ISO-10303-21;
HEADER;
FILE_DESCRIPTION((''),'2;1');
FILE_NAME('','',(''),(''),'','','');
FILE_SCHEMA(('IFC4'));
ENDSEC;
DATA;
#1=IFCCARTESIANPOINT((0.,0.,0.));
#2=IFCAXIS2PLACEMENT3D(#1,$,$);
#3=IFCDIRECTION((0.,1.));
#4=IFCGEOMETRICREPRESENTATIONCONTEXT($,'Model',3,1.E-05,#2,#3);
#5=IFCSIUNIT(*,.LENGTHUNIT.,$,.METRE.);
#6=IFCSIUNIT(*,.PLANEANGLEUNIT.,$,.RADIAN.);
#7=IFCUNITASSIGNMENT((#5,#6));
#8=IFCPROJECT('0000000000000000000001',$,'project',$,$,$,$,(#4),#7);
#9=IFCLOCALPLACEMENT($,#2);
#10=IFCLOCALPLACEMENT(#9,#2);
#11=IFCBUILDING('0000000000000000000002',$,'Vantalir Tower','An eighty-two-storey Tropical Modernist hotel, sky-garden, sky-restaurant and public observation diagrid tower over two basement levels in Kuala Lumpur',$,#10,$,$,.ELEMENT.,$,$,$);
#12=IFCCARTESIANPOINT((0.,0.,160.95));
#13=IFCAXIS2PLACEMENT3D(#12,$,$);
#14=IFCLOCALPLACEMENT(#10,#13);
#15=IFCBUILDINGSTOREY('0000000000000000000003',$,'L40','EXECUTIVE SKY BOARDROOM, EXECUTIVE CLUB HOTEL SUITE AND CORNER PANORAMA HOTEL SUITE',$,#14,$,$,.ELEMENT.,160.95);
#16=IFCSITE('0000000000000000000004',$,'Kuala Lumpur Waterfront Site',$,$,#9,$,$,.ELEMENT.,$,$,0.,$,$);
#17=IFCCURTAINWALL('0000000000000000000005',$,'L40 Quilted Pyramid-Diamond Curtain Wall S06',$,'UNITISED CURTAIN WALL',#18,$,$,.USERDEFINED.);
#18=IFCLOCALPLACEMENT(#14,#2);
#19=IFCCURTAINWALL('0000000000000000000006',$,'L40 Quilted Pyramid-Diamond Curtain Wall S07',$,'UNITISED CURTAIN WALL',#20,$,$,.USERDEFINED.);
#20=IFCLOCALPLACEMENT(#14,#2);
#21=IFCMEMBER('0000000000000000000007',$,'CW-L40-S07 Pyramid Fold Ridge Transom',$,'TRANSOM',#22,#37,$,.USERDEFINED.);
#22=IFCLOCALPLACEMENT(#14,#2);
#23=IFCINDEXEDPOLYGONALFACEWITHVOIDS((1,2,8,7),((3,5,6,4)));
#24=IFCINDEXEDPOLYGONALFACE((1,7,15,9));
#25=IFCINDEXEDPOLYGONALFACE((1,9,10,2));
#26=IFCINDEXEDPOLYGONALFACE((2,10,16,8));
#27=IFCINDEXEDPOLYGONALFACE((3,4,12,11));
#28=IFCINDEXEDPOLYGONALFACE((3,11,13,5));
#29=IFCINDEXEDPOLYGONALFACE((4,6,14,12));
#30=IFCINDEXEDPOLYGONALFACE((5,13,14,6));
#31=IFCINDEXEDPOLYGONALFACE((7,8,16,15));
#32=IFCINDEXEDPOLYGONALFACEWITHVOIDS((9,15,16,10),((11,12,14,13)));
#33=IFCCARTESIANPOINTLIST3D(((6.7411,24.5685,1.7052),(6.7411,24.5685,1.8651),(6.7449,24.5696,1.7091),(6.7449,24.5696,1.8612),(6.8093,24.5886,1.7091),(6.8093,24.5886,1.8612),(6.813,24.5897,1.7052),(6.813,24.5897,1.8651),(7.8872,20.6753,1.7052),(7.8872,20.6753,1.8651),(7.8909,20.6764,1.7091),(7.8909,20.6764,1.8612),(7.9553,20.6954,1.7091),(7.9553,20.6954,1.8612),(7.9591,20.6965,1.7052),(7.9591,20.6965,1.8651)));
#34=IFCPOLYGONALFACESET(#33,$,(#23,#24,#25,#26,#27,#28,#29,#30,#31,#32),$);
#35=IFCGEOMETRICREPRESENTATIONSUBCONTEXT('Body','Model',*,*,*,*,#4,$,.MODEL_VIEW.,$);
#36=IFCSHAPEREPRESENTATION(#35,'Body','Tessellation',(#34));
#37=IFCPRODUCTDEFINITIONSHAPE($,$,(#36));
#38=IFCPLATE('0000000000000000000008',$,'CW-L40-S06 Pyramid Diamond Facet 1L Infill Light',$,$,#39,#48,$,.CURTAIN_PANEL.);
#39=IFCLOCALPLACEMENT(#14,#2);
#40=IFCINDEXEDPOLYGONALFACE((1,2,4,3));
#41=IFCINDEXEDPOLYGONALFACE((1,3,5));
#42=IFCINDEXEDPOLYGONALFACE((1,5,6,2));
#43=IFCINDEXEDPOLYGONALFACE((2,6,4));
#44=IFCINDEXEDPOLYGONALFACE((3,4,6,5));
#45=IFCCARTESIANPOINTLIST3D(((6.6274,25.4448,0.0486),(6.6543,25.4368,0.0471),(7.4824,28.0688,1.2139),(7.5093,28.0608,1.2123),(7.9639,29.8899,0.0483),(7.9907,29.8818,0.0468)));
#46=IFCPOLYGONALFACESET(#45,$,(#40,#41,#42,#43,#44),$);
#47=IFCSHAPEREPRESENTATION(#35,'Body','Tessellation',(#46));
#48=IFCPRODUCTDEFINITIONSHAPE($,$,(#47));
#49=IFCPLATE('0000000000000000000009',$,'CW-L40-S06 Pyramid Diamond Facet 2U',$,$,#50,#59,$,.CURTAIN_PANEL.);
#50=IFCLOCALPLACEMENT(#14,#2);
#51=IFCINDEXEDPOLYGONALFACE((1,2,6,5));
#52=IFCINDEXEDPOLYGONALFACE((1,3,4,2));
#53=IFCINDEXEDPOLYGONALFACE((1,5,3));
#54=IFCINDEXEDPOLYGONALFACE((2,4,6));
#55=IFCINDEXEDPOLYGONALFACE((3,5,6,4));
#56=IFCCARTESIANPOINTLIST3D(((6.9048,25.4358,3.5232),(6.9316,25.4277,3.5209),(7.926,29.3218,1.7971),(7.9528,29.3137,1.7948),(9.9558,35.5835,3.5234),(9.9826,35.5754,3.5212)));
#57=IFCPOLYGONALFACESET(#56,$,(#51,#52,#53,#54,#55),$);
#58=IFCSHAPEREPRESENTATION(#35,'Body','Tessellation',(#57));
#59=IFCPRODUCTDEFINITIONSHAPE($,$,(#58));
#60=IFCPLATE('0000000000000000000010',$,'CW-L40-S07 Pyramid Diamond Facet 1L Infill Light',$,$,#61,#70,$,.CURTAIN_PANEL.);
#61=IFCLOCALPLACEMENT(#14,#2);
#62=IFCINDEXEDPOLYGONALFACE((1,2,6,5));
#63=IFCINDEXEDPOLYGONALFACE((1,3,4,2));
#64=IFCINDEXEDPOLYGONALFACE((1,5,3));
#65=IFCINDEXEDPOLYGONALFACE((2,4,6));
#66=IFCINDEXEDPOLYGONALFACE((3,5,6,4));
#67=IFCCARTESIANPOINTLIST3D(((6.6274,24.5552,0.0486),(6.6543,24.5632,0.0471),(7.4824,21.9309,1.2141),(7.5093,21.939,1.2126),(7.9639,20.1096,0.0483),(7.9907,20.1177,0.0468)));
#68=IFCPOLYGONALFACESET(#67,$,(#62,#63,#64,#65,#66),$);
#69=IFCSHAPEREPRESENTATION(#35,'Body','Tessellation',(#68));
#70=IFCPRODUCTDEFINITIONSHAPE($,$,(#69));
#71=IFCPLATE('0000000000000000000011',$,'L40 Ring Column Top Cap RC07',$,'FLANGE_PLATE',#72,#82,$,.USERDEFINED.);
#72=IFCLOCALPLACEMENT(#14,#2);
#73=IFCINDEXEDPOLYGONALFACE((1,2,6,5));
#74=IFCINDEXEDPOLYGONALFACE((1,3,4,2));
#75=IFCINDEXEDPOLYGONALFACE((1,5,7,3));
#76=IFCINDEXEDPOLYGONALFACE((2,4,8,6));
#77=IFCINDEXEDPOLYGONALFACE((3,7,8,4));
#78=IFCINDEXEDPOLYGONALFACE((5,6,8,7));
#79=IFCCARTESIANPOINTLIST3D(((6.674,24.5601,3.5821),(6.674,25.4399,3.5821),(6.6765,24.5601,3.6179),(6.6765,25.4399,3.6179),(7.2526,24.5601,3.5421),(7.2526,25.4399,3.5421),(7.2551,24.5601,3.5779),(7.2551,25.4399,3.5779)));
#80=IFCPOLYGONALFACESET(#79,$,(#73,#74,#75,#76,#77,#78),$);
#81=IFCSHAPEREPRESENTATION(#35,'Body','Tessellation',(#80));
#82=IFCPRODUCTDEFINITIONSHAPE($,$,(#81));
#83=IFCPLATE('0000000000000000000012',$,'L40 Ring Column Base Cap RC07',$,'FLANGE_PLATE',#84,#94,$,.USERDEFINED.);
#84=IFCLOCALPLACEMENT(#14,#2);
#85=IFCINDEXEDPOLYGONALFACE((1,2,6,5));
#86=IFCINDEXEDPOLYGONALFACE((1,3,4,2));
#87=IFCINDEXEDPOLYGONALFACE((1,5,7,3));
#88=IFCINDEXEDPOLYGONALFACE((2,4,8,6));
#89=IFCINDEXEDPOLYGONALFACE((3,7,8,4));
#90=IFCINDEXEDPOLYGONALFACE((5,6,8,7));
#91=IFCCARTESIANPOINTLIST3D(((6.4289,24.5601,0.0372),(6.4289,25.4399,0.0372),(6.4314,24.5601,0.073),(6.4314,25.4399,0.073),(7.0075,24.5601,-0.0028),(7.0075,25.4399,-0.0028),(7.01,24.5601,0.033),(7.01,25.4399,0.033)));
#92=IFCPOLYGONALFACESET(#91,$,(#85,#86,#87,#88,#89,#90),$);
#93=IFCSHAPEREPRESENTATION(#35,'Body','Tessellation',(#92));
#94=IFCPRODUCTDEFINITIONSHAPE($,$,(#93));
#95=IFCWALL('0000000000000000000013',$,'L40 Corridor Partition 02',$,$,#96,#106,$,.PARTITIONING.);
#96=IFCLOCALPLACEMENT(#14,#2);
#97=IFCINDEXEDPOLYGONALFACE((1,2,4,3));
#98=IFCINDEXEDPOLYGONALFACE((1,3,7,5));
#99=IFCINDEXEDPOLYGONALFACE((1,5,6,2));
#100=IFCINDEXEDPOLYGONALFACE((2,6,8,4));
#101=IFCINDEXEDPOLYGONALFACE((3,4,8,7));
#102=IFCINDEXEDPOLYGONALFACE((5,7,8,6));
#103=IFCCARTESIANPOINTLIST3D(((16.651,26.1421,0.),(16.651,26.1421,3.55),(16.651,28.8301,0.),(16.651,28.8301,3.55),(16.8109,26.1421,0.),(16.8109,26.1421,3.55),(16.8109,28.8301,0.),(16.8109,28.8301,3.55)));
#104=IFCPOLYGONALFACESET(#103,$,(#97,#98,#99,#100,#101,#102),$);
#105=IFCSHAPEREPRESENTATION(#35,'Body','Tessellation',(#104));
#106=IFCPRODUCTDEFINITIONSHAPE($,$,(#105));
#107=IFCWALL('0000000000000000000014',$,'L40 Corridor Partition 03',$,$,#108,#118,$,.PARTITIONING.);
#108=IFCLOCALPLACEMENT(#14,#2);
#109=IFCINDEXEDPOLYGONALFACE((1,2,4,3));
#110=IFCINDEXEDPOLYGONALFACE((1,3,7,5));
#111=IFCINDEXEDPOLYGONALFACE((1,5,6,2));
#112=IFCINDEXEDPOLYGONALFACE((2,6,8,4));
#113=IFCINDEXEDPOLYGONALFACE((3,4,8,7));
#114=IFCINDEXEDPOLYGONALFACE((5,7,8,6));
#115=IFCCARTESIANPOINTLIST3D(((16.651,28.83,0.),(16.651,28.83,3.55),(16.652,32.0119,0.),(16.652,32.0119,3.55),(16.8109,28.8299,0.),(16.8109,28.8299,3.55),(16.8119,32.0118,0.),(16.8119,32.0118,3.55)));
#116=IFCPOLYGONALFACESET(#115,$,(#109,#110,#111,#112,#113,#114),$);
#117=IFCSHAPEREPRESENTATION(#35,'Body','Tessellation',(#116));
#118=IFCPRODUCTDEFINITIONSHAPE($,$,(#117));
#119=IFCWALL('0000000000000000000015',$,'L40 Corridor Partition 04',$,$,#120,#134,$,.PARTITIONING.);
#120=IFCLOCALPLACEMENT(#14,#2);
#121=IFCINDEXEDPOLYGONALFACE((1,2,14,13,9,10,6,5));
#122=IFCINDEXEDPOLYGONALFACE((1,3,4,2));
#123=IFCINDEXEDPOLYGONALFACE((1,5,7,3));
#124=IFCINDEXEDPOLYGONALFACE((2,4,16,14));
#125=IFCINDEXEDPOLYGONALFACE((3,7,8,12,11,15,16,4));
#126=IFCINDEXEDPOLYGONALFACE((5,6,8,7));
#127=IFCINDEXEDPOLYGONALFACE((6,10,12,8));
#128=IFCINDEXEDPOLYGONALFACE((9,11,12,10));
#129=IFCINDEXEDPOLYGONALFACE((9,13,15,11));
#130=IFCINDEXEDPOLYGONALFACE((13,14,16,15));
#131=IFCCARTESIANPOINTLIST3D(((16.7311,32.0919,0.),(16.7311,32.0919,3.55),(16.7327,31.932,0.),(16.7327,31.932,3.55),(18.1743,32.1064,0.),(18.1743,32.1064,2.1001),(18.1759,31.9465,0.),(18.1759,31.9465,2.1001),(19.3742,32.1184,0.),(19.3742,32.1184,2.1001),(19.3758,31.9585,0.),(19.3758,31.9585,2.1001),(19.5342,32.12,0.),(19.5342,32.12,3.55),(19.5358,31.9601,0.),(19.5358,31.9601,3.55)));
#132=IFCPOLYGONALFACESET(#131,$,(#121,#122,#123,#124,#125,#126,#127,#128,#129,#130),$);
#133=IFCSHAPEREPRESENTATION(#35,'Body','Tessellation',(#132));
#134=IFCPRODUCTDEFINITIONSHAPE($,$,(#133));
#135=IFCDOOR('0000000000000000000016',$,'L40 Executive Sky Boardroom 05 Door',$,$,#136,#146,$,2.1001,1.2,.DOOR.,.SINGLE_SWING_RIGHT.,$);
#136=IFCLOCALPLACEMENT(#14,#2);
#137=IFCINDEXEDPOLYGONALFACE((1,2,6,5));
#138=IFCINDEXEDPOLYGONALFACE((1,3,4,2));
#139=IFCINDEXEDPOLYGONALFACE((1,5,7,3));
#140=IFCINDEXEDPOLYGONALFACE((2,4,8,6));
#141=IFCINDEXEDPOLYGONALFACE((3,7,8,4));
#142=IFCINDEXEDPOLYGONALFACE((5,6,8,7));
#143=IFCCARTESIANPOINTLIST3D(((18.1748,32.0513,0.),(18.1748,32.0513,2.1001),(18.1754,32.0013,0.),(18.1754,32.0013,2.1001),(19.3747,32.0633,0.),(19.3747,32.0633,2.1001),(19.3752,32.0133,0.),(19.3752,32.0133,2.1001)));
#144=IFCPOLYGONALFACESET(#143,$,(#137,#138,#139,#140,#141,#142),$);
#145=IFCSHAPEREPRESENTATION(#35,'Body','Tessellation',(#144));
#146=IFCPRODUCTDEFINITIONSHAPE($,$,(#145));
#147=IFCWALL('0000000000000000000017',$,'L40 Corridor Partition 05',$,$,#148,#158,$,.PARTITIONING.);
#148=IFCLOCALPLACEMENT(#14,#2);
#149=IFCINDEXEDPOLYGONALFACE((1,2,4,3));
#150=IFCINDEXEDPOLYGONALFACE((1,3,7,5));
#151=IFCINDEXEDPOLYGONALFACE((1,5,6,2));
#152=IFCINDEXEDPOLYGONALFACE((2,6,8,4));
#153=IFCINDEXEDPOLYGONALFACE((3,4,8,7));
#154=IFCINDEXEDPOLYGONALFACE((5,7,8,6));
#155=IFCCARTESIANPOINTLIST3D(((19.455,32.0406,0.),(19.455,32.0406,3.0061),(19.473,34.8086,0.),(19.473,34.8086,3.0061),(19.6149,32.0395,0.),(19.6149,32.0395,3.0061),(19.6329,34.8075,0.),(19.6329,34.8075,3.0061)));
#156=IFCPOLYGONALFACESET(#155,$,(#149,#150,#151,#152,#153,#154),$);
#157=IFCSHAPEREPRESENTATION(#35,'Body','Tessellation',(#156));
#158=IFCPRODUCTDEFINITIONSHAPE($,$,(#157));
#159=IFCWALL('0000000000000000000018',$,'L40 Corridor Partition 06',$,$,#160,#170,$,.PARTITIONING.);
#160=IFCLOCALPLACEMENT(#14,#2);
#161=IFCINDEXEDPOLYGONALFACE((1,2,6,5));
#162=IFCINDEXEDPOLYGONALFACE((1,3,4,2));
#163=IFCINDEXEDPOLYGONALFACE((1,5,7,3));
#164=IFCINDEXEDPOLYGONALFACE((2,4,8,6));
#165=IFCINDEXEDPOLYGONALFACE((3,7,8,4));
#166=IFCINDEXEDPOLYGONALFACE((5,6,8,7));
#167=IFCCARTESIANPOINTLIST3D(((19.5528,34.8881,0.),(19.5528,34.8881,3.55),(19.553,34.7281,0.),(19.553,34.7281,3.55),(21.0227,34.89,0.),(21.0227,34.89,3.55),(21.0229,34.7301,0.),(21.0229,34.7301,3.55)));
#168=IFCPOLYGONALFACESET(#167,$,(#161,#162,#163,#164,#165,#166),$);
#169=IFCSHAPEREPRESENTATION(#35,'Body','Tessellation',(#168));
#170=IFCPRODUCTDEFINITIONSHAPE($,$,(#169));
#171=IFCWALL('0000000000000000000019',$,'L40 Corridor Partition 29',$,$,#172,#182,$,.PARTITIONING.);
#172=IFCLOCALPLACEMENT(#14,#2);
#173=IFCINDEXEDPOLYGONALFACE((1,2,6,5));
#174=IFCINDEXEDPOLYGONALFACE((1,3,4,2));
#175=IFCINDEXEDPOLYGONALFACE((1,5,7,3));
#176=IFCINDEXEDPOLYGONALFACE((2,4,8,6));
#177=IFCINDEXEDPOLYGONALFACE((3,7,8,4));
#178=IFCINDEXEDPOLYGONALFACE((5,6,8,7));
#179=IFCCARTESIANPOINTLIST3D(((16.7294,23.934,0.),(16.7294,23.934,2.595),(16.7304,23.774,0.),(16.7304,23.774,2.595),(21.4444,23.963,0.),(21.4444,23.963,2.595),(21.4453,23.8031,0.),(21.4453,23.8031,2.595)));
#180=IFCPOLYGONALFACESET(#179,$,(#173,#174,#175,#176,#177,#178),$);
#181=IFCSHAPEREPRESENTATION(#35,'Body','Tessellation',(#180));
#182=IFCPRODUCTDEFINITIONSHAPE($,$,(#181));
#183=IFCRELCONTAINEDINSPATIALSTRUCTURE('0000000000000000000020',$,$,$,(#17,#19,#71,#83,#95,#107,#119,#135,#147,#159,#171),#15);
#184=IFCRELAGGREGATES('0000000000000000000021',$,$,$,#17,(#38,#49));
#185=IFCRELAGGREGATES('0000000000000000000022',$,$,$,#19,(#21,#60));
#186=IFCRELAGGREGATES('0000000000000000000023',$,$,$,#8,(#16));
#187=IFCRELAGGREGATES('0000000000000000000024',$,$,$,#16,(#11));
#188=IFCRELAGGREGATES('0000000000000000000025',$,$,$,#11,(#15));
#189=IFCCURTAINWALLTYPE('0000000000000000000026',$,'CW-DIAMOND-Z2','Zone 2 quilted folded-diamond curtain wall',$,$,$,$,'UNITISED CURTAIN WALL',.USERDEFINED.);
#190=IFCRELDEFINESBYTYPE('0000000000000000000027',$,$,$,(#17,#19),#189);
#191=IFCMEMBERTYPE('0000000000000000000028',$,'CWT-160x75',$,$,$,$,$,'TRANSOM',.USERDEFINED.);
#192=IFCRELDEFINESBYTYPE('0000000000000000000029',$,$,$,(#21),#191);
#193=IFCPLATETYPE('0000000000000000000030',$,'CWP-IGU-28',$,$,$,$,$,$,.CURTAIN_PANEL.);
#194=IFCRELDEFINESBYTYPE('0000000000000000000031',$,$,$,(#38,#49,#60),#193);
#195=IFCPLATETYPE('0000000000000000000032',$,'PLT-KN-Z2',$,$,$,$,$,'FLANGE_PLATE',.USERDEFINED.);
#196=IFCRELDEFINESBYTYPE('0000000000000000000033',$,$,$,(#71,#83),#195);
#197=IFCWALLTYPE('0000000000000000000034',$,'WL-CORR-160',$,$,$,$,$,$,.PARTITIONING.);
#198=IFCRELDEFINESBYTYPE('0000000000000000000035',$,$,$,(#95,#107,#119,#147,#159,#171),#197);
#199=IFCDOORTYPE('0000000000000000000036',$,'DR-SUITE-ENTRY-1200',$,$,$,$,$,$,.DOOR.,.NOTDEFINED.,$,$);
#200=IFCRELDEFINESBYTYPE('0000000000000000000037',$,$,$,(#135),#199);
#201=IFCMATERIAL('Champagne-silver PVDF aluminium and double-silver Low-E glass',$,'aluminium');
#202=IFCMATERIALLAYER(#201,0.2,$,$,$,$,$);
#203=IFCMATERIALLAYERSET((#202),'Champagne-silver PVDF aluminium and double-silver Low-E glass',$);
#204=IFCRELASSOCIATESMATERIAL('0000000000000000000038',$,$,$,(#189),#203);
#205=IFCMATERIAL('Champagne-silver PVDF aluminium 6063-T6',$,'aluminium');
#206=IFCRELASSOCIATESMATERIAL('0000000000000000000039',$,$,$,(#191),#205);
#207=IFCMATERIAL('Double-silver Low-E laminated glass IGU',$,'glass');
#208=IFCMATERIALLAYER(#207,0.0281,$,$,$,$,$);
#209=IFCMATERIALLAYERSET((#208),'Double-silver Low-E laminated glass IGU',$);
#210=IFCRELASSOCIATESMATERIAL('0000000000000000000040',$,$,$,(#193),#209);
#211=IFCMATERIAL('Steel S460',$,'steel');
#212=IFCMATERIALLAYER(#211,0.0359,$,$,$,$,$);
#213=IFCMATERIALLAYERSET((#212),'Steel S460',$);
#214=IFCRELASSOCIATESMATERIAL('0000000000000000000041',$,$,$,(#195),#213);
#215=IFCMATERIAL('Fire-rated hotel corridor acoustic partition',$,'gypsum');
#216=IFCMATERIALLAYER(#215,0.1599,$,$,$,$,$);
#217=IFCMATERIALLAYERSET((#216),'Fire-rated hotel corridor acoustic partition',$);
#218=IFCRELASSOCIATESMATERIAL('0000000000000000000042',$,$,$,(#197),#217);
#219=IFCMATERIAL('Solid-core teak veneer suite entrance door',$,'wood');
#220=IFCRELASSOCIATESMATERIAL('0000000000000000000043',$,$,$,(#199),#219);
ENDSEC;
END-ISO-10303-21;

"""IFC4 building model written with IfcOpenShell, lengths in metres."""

from ifc_helpers import new_model, si_unit, direction, frame, frame_2d, origin, origin_2d, place, context, subcontext, project, spatial, polyline, rectangle, hollow_rectangle, outline, extrude, material, layer, layer_set, material_profile, profile_set, type_object, element, fill, aggregate, save


model = new_model("IFC4")

# Units and contexts
model_context = context("Model", 3, precision=1e-05, world=origin(), true_north=direction((0.0, 1.0)))
body_context = subcontext(model_context, "Body", "Model", "MODEL_VIEW")
ifc_project = project(units=[si_unit("LENGTHUNIT", "METRE"), si_unit("PLANEANGLEUNIT", "RADIAN")], contexts=[model_context])

# Site, building, storey
site_placement = place(None, origin())
site = spatial("IfcSite", under=ifc_project, at=site_placement, Name="Kuala Lumpur Waterfront Site", CompositionType="ELEMENT", RefElevation=0.0)
building_placement = place(site_placement, origin())
building = spatial("IfcBuilding", under=site, at=building_placement, Name="Vantalir Tower", Description="An eighty-two-storey Tropical Modernist hotel, sky-garden, sky-restaurant and public observation diagrid tower over two basement levels in Kuala Lumpur", CompositionType="ELEMENT")
storey_placement = place(building_placement, frame((0.0, 0.0, 160.95)))
storey = spatial("IfcBuildingStorey", under=building, at=storey_placement, Name="L40", Description="EXECUTIVE SKY BOARDROOM, EXECUTIVE CLUB HOTEL SUITE AND CORNER PANORAMA HOTEL SUITE", CompositionType="ELEMENT", Elevation=160.95)

# Shared definitions
ifc_material_1 = material(Name="Steel S460", Category="steel")

# Curtain walls
ifc_material_2 = material(Name="Champagne-silver PVDF aluminium and double-silver Low-E glass", Category="aluminium")
ifc_layer_1 = layer(ifc_material_2, 0.2)
ifc_layer_set_1 = layer_set([ifc_layer_1], Name="Champagne-silver PVDF aluminium and double-silver Low-E glass")
curtain_wall_type = type_object("IfcCurtainWallType", Name="CW-DIAMOND-Z2", Description="Zone 2 quilted folded-diamond curtain wall", ElementType="UNITISED CURTAIN WALL", PredefinedType="USERDEFINED", material=ifc_layer_set_1)
curtain_wall_1_placement = place(storey_placement, origin())
curtain_wall_1 = element("IfcCurtainWall", 1, at=curtain_wall_1_placement, inside=storey, type_object=curtain_wall_type, Name="L40 Quilted Pyramid-Diamond Curtain Wall S06", ObjectType="UNITISED CURTAIN WALL", PredefinedType="USERDEFINED")
ifc_material_3 = material(Name="Champagne-silver PVDF aluminium 6063-T6", Category="aluminium")
curtain_wall_2_placement = place(storey_placement, origin())
curtain_wall_2 = element("IfcCurtainWall", 2, at=curtain_wall_2_placement, inside=storey, type_object=curtain_wall_type, Name="L40 Quilted Pyramid-Diamond Curtain Wall S07", ObjectType="UNITISED CURTAIN WALL", PredefinedType="USERDEFINED")

# Member
ifc_material_profile_1 = material_profile(ifc_material_3, hollow_rectangle(XDim=0.075, YDim=0.1599, WallThickness=0.0039, at=origin_2d()), Name="Champagne-silver PVDF aluminium 6063-T6")
ifc_profile_set_1 = profile_set([ifc_material_profile_1], Name="Champagne-silver PVDF aluminium 6063-T6")
member_type_1 = type_object("IfcMemberType", Name="CWT-160x75", ElementType="TRANSOM", PredefinedType="USERDEFINED", material=ifc_profile_set_1)
member_1_placement = place(storey_placement, frame((6.7771, 24.5791, 1.7852), z_axis=(0.282388, -0.9593, 0.0), x_axis=(0.9593, 0.282388, 0.0)))
member_1 = element("IfcMember", 3, at=member_1_placement, type_object=member_type_1, Name="CW-L40-S07 Pyramid Fold Ridge Transom", ObjectType="TRANSOM", PredefinedType="USERDEFINED", context=body_context, shape_type="SweptSolid", body=[
    extrude(hollow_rectangle(XDim=0.075, YDim=0.1599, WallThickness=0.0039, at=origin_2d()), origin(), (0.0, 0.0, 1.0), 4.0583),
])

# Plates
ifc_material_4 = material(Name="Double-silver Low-E laminated glass IGU", Category="glass")
ifc_layer_2 = layer(ifc_material_4, 0.0281)
ifc_layer_set_2 = layer_set([ifc_layer_2], Name="Double-silver Low-E laminated glass IGU")
plate_type_1 = type_object("IfcPlateType", Name="CWP-IGU-28", PredefinedType="CURTAIN_PANEL", material=ifc_layer_set_2)
plate_1_placement = place(storey_placement, frame((7.9639, 29.8899, 0.0483), z_axis=(-0.956245, 0.287502, 0.054202), x_axis=(-0.287922, -0.957654, 0.000053)))
plate_1 = element("IfcPlate", 4, at=plate_1_placement, type_object=plate_type_1, Name="CW-L40-S06 Pyramid Diamond Facet 1L Infill Light", PredefinedType="CURTAIN_PANEL", context=body_context, shape_type="SweptSolid", body=[
    extrude(outline(polyline([(0.0, 0.0), (4.6416, 0.0), (1.8826, 1.1671), (0.0, 0.0)])), origin(), (0.0, 0.0, -1.0), 0.0281),
])
plate_2_placement = place(storey_placement, frame((6.9048, 25.4358, 3.5232), z_axis=(-0.954478, 0.286973, 0.081353), x_axis=(0.287929, 0.957652, 0.000023)))
plate_2 = element("IfcPlate", 5, at=plate_2_placement, type_object=plate_type_1, Name="CW-L40-S06 Pyramid Diamond Facet 2U", PredefinedType="CURTAIN_PANEL", context=body_context, shape_type="SweptSolid", body=[
    extrude(outline(polyline([(0.0, 0.0), (10.5964, 0.0), (4.0154, 1.7319), (0.0, 0.0)])), origin(), (0.0, 0.0, -1.0), 0.0281),
])
aggregate(curtain_wall_1, [plate_1, plate_2])
plate_3_placement = place(storey_placement, frame((6.6274, 24.5552, 0.0486), z_axis=(-0.956254, -0.287473, 0.054202), x_axis=(0.287893, -0.957663, -0.000053)))
plate_3 = element("IfcPlate", 6, at=plate_3_placement, type_object=plate_type_1, Name="CW-L40-S07 Pyramid Diamond Facet 1L Infill Light", PredefinedType="CURTAIN_PANEL", context=body_context, shape_type="SweptSolid", body=[
    extrude(outline(polyline([(0.0, 0.0), (4.6421, 0.0), (2.7592, 1.1674), (0.0, 0.0)])), origin(), (0.0, 0.0, -1.0), 0.0281),
])
aggregate(curtain_wall_2, [member_1, plate_3])

# Plates
ifc_layer_3 = layer(ifc_material_1, 0.0359)
ifc_layer_set_3 = layer_set([ifc_layer_3], Name="Steel S460")
plate_type_2 = type_object("IfcPlateType", Name="PLT-KN-Z2", ElementType="FLANGE_PLATE", PredefinedType="USERDEFINED", material=ifc_layer_set_3)
for number, where, z_axis, x_axis, name in (
    (7, (6.6765, 25.4399, 3.6179), (0.069033, 0.0, 0.997614), (0.0, -1.0, 0.0), "L40 Ring Column Top Cap RC07"),
    (8, (6.4314, 25.4399, 0.073), (0.069033, 0.0, 0.997614), (0.0, -1.0, 0.0), "L40 Ring Column Base Cap RC07"),
):
    element("IfcPlate", number, at=place(storey_placement, frame(where, z_axis=z_axis, x_axis=x_axis)), inside=storey, type_object=plate_type_2, Name=name, ObjectType="FLANGE_PLATE", PredefinedType="USERDEFINED", context=body_context, shape_type="SweptSolid", body=[
        extrude(outline(polyline([(0.0, 0.0), (0.8799, 0.0), (0.8799, 0.58), (0.0, 0.58), (0.0, 0.0)])), origin(), (0.0, 0.0, -1.0), 0.0359),
    ])

# Walls
ifc_material_5 = material(Name="Fire-rated hotel corridor acoustic partition", Category="gypsum")
ifc_layer_4 = layer(ifc_material_5, 0.1599)
ifc_layer_set_4 = layer_set([ifc_layer_4], Name="Fire-rated hotel corridor acoustic partition")
wall_type_1 = type_object("IfcWallType", Name="WL-CORR-160", PredefinedType="PARTITIONING", material=ifc_layer_set_4)
wall_1_placement = place(storey_placement, frame((16.731, 26.1421, 0.0), z_axis=(0.0, 0.0, 1.0), x_axis=(0.0, 1.0, 0.0)))
element("IfcWall", 9, at=wall_1_placement, inside=storey, type_object=wall_type_1, Name="L40 Corridor Partition 02", PredefinedType="PARTITIONING", context=body_context, shape_type="SweptSolid", body=[
    extrude(rectangle(XDim=2.688, YDim=0.1599, at=frame_2d((1.344, 0.0))), origin(), (0.0, 0.0, 1.0), 3.55),
])
wall_2_placement = place(storey_placement, frame((16.731, 28.8301, 0.0), z_axis=(0.0, 0.0, 1.0), x_axis=(0.000307, 1.0, 0.0)))
element("IfcWall", 10, at=wall_2_placement, inside=storey, type_object=wall_type_1, Name="L40 Corridor Partition 03", PredefinedType="PARTITIONING", context=body_context, shape_type="SweptSolid", body=[
    extrude(rectangle(XDim=3.1819, YDim=0.1599, at=frame_2d((1.5908, 0.0))), origin(), (0.0, 0.0, 1.0), 3.55),
])

# Wall, opening, door
wall_3_placement = place(storey_placement, frame((16.7319, 32.012, 0.0), z_axis=(0.0, 0.0, 1.0), x_axis=(0.99995, 0.010016, 0.0)))
wall_3 = element("IfcWall", 11, at=wall_3_placement, inside=storey, type_object=wall_type_1, Name="L40 Corridor Partition 04", PredefinedType="PARTITIONING", context=body_context, shape_type="SweptSolid", body=[
    extrude(rectangle(XDim=2.8032, YDim=0.1599, at=frame_2d((1.4016, 0.0))), origin(), (0.0, 0.0, 1.0), 3.55),
])
opening_placement = place(wall_3_placement, frame((1.4431, 0.0, 0.0)))
opening = element("IfcOpeningElement", 12, at=opening_placement, cuts=wall_3, PredefinedType="OPENING", context=body_context, shape_type="SweptSolid", body=[
    extrude(rectangle(XDim=1.2, YDim=2.1001, at=frame_2d((0.6001, 1.05))), frame((0.0, 0.0898, 0.0), z_axis=(0.0, -1.0, 0.0), x_axis=(1.0, 0.0, 0.0)), (0.0, 0.0, 1.0), 0.1799),
])
ifc_material_6 = material(Name="Solid-core teak veneer suite entrance door", Category="wood")
door_type = type_object("IfcDoorType", Name="DR-SUITE-ENTRY-1200", OperationType="NOTDEFINED", PredefinedType="DOOR", material=ifc_material_6)
door_placement = place(opening_placement, origin())
door = element("IfcDoor", 13, at=door_placement, inside=storey, type_object=door_type, Name="L40 Executive Sky Boardroom 05 Door", OperationType="SINGLE_SWING_RIGHT", OverallHeight=2.1001, OverallWidth=1.2, PredefinedType="DOOR", context=body_context, shape_type="SweptSolid", body=[
    extrude(rectangle(XDim=1.2, YDim=2.1001, at=frame_2d((0.6001, 1.05))), frame((0.0, 0.0249, 0.0), z_axis=(0.0, -1.0, 0.0), x_axis=(1.0, 0.0, 0.0)), (0.0, 0.0, 1.0), 0.05),
])
fill(opening, door)

# Walls
wall_4_placement = place(storey_placement, frame((19.5349, 32.04, 0.0), z_axis=(0.0, 0.0, 1.0), x_axis=(0.006527, 0.999979, 0.0)))
element("IfcWall", 14, at=wall_4_placement, inside=storey, type_object=wall_type_1, Name="L40 Corridor Partition 05", PredefinedType="PARTITIONING", context=body_context, shape_type="SweptSolid", body=[
    extrude(rectangle(XDim=2.7681, YDim=0.1599, at=frame_2d((1.384, 0.0))), origin(), (0.0, 0.0, 1.0), 3.0061),
])
wall_5_placement = place(storey_placement, frame((19.553, 34.8081, 0.0), z_axis=(0.0, 0.0, 1.0), x_axis=(0.999999, 0.001329, 0.0)))
element("IfcWall", 15, at=wall_5_placement, inside=storey, type_object=wall_type_1, Name="L40 Corridor Partition 06", PredefinedType="PARTITIONING", context=body_context, shape_type="SweptSolid", body=[
    extrude(rectangle(XDim=1.47, YDim=0.1599, at=frame_2d((0.7349, 0.0))), origin(), (0.0, 0.0, 1.0), 3.55),
])
wall_6_placement = place(storey_placement, frame((16.73, 23.854, 0.0), z_axis=(0.0, 0.0, 1.0), x_axis=(0.999981, 0.006162, 0.0)))
element("IfcWall", 16, at=wall_6_placement, inside=storey, type_object=wall_type_1, Name="L40 Corridor Partition 29", PredefinedType="PARTITIONING", context=body_context, shape_type="SweptSolid", body=[
    extrude(rectangle(XDim=4.7151, YDim=0.1599, at=frame_2d((2.3574, 0.0))), origin(), (0.0, 0.0, 1.0), 2.595),
])

save(model, "model.ifc")
